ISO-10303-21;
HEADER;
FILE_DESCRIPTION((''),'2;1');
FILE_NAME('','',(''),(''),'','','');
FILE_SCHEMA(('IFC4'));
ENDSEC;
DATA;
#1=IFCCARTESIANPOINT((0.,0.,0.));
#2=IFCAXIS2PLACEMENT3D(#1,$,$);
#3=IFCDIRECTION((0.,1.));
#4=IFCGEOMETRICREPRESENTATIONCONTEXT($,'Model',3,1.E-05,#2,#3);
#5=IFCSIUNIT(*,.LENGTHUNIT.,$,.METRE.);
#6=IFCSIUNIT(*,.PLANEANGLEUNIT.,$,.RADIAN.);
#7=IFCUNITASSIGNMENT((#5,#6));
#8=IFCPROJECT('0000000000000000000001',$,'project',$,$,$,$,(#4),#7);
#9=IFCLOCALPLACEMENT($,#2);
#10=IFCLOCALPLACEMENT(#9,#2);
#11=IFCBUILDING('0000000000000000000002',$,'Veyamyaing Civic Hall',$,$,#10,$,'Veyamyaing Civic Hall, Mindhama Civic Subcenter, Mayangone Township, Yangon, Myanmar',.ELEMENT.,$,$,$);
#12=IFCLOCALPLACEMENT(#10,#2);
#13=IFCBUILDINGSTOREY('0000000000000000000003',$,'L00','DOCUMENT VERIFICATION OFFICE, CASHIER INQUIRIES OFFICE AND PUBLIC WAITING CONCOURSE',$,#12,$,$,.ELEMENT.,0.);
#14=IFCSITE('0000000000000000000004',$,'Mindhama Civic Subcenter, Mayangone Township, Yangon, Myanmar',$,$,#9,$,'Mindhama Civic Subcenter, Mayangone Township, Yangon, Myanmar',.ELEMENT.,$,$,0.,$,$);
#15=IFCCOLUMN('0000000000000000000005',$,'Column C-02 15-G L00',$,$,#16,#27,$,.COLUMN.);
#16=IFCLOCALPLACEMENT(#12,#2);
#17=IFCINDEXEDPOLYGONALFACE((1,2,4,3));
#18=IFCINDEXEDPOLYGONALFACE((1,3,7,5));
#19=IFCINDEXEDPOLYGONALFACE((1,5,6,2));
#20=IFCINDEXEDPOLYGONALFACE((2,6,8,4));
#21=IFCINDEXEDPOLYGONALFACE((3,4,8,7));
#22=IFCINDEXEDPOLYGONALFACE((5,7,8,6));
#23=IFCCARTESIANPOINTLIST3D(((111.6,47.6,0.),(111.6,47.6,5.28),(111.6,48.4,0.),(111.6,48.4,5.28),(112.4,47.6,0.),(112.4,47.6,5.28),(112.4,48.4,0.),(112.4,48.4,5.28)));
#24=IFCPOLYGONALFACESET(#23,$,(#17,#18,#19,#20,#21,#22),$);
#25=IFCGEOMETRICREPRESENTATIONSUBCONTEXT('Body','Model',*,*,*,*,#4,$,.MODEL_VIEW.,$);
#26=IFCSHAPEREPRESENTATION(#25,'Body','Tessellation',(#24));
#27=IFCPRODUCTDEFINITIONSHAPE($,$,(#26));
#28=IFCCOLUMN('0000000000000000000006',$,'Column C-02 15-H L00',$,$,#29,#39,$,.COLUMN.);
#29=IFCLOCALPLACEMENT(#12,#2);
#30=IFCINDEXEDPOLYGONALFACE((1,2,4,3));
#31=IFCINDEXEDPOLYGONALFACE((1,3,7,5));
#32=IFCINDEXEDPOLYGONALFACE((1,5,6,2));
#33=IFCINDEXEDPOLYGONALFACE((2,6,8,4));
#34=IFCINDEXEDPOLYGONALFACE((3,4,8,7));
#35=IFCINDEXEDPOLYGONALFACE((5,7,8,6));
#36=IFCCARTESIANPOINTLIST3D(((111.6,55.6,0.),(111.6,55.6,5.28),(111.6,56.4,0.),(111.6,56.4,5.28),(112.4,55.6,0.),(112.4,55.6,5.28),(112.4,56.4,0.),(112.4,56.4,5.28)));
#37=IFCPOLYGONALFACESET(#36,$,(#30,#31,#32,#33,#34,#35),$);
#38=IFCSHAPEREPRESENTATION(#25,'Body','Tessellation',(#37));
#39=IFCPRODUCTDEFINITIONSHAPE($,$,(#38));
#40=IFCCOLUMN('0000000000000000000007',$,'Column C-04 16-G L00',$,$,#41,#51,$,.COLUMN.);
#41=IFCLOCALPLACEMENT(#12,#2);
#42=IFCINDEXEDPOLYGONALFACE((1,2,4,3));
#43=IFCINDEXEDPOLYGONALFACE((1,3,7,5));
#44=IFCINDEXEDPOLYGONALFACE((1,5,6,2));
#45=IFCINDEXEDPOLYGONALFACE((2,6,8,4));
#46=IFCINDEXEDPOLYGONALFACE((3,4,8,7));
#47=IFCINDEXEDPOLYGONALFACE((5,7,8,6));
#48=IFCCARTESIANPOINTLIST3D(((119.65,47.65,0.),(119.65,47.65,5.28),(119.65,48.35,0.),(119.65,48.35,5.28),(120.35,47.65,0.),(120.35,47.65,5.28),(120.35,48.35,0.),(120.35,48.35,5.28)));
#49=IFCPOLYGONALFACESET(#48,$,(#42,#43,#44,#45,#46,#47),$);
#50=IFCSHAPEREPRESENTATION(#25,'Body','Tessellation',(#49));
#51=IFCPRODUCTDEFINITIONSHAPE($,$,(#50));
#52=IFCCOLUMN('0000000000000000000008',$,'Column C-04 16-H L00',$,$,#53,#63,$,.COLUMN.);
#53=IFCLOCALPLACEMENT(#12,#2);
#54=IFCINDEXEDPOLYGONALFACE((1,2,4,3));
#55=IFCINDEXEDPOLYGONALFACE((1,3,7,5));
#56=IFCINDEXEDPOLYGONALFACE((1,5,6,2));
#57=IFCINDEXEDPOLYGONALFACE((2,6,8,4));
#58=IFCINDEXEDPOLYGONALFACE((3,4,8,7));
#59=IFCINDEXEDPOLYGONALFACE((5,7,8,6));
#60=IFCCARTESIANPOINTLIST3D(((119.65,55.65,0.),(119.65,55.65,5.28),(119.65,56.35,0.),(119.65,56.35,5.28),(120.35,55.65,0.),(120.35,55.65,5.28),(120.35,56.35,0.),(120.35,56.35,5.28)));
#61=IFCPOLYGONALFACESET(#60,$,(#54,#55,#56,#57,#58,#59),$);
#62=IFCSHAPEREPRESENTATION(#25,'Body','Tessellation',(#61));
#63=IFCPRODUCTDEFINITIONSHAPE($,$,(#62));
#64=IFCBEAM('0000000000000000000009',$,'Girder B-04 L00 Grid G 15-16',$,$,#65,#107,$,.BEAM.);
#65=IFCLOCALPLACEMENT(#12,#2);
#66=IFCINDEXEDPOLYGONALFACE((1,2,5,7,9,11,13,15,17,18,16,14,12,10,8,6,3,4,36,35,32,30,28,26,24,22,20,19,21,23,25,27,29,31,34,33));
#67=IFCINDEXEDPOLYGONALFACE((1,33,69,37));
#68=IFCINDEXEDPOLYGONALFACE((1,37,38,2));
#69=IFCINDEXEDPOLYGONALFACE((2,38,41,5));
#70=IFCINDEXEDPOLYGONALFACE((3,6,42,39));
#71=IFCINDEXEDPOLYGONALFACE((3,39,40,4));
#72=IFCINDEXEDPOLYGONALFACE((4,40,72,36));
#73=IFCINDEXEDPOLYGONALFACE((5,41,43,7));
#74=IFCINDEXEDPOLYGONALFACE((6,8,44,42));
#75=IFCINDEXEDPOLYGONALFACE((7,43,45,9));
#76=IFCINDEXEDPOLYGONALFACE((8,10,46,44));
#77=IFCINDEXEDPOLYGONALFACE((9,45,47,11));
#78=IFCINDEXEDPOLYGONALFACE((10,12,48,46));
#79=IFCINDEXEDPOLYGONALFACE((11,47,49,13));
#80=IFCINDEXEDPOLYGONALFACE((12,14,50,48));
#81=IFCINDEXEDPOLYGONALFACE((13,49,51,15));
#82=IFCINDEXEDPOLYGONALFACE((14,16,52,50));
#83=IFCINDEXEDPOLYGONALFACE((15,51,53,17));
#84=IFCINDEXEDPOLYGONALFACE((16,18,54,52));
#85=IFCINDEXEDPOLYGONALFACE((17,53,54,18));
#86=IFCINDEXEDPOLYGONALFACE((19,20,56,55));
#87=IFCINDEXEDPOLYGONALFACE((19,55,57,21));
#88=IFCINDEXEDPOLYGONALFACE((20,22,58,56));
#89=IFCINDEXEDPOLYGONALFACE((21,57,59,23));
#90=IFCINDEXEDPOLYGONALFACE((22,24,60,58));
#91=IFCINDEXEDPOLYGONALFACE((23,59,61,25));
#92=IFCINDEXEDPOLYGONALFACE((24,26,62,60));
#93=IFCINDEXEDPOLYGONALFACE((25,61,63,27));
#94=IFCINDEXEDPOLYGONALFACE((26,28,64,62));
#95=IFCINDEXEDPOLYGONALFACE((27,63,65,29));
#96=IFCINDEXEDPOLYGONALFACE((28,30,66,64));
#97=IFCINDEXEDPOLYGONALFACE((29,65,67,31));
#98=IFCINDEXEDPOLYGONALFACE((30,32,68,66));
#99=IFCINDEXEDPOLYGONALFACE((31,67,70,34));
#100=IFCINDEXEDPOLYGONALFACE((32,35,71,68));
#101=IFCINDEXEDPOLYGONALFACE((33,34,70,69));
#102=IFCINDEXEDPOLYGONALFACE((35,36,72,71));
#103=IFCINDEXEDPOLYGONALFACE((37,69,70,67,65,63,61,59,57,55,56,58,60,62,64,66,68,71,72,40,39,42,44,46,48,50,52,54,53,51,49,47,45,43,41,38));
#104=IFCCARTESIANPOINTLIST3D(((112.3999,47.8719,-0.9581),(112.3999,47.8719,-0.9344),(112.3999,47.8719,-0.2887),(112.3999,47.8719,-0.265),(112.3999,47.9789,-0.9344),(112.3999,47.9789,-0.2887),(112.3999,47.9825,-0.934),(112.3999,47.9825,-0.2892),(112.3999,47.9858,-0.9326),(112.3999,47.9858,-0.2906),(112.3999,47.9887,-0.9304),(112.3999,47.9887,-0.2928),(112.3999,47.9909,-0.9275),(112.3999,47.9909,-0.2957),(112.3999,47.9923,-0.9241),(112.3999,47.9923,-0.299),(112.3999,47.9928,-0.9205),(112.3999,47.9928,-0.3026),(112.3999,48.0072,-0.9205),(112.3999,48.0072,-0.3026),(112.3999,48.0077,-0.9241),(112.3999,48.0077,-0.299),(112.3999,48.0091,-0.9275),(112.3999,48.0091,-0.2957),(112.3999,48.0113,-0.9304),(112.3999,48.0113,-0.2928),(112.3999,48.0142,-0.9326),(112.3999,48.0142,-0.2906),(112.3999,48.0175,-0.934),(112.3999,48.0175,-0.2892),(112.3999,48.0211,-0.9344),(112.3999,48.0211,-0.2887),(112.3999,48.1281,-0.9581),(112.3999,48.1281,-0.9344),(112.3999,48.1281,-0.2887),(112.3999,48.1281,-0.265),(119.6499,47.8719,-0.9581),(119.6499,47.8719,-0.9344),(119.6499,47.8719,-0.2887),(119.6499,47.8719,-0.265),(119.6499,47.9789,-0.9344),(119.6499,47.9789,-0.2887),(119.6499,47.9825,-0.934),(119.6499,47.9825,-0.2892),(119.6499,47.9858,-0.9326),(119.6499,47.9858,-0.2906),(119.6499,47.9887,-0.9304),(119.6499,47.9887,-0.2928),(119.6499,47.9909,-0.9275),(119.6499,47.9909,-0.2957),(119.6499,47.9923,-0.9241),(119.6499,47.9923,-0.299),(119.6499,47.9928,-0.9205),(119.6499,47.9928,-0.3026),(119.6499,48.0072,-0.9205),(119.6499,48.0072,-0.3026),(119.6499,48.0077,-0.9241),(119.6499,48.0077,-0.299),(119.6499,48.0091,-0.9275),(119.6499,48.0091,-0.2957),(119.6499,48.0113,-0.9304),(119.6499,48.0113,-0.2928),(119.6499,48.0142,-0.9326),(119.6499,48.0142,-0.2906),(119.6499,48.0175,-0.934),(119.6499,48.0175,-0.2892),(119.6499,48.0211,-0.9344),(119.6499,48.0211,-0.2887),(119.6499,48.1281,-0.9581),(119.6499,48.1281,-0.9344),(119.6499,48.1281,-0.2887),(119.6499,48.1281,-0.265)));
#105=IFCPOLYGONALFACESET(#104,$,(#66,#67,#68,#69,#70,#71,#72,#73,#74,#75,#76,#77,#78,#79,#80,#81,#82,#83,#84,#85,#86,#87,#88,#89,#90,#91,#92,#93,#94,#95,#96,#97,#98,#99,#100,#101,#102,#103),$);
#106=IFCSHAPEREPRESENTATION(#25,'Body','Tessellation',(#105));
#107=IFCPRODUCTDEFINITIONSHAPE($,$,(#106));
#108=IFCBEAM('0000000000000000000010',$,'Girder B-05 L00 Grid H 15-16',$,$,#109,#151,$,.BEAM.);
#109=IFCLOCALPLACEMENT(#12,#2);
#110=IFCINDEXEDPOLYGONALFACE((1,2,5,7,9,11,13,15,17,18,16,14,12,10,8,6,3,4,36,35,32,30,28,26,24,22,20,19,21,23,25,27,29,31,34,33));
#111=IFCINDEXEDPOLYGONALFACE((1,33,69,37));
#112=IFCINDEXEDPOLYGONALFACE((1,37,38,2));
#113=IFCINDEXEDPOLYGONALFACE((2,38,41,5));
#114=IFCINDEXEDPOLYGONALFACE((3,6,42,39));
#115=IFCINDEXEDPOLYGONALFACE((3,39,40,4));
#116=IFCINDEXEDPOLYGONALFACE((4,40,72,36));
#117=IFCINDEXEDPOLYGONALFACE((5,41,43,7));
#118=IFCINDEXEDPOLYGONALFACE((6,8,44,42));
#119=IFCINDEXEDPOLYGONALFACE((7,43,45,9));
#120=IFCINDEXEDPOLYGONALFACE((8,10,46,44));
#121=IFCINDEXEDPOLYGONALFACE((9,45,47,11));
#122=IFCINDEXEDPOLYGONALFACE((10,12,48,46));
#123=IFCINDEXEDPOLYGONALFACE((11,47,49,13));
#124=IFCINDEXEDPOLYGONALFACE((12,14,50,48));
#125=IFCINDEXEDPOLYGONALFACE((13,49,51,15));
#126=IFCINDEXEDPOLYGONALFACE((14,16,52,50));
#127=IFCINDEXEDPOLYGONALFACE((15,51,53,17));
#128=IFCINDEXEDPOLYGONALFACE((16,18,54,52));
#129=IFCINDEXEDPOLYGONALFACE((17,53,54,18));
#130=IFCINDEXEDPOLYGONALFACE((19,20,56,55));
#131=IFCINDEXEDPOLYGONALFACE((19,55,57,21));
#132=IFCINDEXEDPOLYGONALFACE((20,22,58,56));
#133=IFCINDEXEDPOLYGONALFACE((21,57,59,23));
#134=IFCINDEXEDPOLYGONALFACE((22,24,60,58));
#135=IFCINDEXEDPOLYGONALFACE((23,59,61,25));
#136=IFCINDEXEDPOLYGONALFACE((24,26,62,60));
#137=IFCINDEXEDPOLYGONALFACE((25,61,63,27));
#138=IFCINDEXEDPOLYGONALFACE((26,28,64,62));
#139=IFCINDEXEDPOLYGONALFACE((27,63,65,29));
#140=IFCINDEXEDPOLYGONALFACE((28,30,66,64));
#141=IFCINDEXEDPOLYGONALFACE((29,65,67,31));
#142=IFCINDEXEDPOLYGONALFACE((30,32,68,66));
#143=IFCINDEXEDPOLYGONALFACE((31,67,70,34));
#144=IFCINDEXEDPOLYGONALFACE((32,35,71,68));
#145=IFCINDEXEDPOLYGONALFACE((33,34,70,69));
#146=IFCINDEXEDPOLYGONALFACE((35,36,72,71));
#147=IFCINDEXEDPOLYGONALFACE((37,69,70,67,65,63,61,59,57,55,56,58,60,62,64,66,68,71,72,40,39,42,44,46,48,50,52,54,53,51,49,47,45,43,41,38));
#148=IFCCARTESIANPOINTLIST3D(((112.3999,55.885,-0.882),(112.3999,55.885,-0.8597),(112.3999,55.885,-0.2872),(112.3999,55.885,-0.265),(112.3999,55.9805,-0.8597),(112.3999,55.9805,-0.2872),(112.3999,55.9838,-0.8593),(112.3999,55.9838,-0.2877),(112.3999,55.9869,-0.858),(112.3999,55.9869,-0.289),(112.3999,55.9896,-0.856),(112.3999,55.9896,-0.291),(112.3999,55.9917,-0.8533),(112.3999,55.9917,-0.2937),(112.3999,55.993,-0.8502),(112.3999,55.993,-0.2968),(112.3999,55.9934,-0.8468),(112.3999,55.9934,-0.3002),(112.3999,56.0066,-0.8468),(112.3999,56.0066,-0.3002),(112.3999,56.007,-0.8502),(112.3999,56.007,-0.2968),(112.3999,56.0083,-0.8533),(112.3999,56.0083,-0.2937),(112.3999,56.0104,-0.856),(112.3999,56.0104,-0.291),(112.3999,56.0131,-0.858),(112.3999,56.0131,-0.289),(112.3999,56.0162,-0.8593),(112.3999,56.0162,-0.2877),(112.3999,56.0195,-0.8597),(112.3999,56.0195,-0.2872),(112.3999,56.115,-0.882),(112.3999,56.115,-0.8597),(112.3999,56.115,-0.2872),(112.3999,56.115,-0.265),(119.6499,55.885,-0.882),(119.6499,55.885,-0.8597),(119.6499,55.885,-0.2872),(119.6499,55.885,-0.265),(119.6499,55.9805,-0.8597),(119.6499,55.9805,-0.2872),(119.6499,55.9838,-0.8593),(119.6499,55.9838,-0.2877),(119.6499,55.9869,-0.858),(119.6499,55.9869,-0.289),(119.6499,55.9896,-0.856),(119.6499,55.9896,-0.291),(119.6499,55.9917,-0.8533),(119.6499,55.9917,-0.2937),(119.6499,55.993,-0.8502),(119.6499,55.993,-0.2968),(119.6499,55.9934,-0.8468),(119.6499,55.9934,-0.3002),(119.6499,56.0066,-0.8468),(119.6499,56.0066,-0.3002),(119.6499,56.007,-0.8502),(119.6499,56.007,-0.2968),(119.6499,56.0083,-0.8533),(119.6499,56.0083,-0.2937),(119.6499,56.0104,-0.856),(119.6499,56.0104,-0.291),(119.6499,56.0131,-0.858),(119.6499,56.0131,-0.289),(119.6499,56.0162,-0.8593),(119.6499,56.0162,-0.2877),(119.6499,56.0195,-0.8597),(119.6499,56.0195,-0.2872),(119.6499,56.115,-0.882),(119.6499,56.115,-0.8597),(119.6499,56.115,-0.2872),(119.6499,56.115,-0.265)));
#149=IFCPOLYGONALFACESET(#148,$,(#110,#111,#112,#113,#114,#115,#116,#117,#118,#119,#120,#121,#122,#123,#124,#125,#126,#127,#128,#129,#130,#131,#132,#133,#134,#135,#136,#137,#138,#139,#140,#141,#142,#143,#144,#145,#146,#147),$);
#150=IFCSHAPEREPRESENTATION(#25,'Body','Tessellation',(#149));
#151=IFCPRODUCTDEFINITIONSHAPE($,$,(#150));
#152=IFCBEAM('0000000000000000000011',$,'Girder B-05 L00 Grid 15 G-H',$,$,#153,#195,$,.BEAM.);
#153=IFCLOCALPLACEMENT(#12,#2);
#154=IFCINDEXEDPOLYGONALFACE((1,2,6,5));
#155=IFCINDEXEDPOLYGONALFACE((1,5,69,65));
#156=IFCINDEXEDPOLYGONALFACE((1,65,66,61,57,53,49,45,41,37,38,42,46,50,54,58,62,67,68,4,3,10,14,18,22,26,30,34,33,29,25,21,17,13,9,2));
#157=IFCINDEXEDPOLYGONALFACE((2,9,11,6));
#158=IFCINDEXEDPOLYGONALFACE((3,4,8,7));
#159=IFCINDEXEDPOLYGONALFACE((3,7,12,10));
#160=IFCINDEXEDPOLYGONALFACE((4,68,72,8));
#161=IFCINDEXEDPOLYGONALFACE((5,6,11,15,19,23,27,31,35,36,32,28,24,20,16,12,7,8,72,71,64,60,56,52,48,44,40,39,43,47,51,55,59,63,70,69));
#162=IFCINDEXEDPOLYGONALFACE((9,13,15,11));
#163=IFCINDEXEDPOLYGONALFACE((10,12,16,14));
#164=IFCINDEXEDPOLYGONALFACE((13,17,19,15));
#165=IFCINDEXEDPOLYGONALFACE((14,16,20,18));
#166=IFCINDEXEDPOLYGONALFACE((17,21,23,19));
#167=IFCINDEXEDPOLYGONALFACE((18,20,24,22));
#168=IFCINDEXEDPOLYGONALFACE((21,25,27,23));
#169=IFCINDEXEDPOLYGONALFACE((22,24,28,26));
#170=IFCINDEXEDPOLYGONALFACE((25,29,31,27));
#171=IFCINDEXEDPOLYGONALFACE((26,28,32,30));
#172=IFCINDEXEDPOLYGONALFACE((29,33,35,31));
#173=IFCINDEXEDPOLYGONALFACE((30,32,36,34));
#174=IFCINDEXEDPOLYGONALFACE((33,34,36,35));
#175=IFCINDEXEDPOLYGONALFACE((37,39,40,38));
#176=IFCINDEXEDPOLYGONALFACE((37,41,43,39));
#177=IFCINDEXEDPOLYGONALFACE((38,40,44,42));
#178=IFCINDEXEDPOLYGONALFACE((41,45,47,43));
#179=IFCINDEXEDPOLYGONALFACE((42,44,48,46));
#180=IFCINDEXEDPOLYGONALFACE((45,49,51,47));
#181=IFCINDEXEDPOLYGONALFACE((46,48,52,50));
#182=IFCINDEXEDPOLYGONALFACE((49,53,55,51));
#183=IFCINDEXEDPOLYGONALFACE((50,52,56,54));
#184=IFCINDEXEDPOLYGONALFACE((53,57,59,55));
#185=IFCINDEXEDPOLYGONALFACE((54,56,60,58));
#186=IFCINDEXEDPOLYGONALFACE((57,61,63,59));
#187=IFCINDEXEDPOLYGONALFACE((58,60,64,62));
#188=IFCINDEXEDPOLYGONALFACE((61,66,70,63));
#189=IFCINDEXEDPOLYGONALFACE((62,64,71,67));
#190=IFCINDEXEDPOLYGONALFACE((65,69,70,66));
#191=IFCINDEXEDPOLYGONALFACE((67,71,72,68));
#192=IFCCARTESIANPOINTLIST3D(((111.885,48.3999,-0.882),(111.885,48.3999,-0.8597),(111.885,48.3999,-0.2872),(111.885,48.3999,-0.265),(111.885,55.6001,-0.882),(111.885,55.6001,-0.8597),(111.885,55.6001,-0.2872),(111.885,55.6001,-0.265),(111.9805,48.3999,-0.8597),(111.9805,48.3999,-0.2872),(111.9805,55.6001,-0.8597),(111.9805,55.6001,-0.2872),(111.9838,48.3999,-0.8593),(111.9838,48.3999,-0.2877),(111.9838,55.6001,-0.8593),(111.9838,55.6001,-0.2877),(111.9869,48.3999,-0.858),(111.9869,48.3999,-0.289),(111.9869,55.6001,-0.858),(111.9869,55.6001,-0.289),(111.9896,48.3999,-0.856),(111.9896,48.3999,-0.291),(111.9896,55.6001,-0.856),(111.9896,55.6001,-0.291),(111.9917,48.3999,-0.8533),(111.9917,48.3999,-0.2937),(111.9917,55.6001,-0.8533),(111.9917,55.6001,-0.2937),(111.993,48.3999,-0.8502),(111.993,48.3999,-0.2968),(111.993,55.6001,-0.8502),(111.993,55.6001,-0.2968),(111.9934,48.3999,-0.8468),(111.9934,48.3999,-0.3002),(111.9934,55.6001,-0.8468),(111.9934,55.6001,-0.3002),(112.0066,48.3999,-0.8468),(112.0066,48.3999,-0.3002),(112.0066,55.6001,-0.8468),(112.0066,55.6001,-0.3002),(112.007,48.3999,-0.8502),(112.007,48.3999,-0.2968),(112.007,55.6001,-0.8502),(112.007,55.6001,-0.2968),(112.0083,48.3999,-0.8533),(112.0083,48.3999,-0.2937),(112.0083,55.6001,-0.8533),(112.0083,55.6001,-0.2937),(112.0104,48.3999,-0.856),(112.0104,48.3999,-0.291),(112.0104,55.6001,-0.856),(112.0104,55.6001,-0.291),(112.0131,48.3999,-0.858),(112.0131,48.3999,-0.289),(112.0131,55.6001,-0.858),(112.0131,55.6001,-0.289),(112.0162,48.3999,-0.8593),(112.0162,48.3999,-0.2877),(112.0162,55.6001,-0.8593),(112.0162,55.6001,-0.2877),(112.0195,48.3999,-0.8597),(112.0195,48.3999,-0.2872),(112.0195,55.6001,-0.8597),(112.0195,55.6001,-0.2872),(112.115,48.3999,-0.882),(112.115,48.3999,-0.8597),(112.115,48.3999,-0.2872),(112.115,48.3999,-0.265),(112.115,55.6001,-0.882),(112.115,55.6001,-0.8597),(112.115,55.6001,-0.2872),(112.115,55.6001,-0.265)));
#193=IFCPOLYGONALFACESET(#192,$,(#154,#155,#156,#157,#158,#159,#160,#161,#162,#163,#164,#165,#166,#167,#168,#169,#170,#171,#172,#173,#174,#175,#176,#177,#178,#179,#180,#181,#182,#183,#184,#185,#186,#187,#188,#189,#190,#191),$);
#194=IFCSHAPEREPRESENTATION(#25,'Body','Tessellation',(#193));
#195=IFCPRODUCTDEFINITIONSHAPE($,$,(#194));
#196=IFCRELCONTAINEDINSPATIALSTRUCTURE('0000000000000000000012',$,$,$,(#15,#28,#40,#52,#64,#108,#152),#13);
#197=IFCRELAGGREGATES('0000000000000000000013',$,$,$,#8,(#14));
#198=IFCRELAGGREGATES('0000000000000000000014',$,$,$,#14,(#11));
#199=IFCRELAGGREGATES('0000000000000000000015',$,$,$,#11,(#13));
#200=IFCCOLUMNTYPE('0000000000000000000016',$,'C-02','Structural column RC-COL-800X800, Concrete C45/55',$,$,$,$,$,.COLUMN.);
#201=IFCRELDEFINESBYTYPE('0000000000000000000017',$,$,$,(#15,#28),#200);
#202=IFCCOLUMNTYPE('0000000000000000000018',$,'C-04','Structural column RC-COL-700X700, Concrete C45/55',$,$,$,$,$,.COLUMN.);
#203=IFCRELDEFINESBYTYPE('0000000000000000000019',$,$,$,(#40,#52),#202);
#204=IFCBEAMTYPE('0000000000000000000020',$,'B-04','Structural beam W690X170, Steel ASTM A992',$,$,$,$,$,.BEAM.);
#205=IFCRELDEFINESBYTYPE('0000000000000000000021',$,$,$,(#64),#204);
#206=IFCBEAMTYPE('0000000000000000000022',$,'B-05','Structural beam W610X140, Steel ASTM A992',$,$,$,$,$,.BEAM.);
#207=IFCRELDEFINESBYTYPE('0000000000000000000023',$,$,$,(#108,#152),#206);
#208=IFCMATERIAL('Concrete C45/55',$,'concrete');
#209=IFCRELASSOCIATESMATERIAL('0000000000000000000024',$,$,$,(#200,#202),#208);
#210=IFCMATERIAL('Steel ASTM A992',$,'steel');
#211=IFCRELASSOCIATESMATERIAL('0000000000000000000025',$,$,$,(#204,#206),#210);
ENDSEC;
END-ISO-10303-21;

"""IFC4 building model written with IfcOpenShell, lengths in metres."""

from ifc_helpers import new_model, si_unit, direction, frame, origin, origin_2d, place, context, subcontext, project, spatial, rectangle, i_section, extrude, material, material_profile, profile_set, type_object, element, save


model = new_model("IFC4")

# Units and contexts
model_context = context("Model", 3, precision=1e-05, world=origin(), true_north=direction((0.0, 1.0)))
body_context = subcontext(model_context, "Body", "Model", "MODEL_VIEW")
ifc_project = project(units=[si_unit("LENGTHUNIT", "METRE"), si_unit("PLANEANGLEUNIT", "RADIAN")], contexts=[model_context])

# Site, building, storey
site_placement = place(None, origin())
site = spatial("IfcSite", under=ifc_project, at=site_placement, Name="Mindhama Civic Subcenter, Mayangone Township, Yangon, Myanmar", LongName="Mindhama Civic Subcenter, Mayangone Township, Yangon, Myanmar", CompositionType="ELEMENT", RefElevation=0.0)
building_placement = place(site_placement, origin())
building = spatial("IfcBuilding", under=site, at=building_placement, Name="Veyamyaing Civic Hall", LongName="Veyamyaing Civic Hall, Mindhama Civic Subcenter, Mayangone Township, Yangon, Myanmar", CompositionType="ELEMENT")
storey_placement = place(building_placement, origin())
storey = spatial("IfcBuildingStorey", under=building, at=storey_placement, Name="L00", Description="DOCUMENT VERIFICATION OFFICE, CASHIER INQUIRIES OFFICE AND PUBLIC WAITING CONCOURSE", CompositionType="ELEMENT", Elevation=0.0)

# Columns
ifc_material_1 = material(Name="Concrete C45/55", Category="concrete")
ifc_material_profile_1 = material_profile(ifc_material_1, rectangle(XDim=0.8, YDim=0.8, at=origin_2d()), Name="RC-COL-800X800")
ifc_profile_set_1 = profile_set([ifc_material_profile_1], Name="Concrete C45/55")
column_type_1 = type_object("IfcColumnType", Name="C-02", Description="Structural column RC-COL-800X800, Concrete C45/55", PredefinedType="COLUMN", material=ifc_profile_set_1)
for number, where, z_axis, x_axis, name in (
    (1, (112.0, 48.0, 0.0), (0.0, 0.0, 1.0), (1.0, 0.0, 0.0), "Column C-02 15-G L00"),
    (2, (112.0, 56.0, 0.0), (0.0, 0.0, 1.0), (1.0, 0.0, 0.0), "Column C-02 15-H L00"),
):
    element("IfcColumn", number, at=place(storey_placement, frame(where, z_axis=z_axis, x_axis=x_axis)), inside=storey, type_object=column_type_1, Name=name, PredefinedType="COLUMN", context=body_context, shape_type="SweptSolid", body=[
        extrude(rectangle(XDim=0.8, YDim=0.8, at=origin_2d()), origin(), (0.0, 0.0, 1.0), 5.28),
    ])
ifc_material_profile_2 = material_profile(ifc_material_1, rectangle(XDim=0.7, YDim=0.7, at=origin_2d()), Name="RC-COL-700X700")
ifc_profile_set_2 = profile_set([ifc_material_profile_2], Name="Concrete C45/55")
column_type_2 = type_object("IfcColumnType", Name="C-04", Description="Structural column RC-COL-700X700, Concrete C45/55", PredefinedType="COLUMN", material=ifc_profile_set_2)
for number, where, z_axis, x_axis, name in (
    (3, (120.0, 48.0, 0.0), (0.0, 0.0, 1.0), (1.0, 0.0, 0.0), "Column C-04 16-G L00"),
    (4, (120.0, 56.0, 0.0), (0.0, 0.0, 1.0), (1.0, 0.0, 0.0), "Column C-04 16-H L00"),
):
    element("IfcColumn", number, at=place(storey_placement, frame(where, z_axis=z_axis, x_axis=x_axis)), inside=storey, type_object=column_type_2, Name=name, PredefinedType="COLUMN", context=body_context, shape_type="SweptSolid", body=[
        extrude(rectangle(XDim=0.7, YDim=0.7, at=origin_2d()), origin(), (0.0, 0.0, 1.0), 5.28),
    ])

# Beams
ifc_material_2 = material(Name="Steel ASTM A992", Category="steel")
ifc_material_profile_3 = material_profile(ifc_material_2, i_section(OverallWidth=0.2561, OverallDepth=0.6931, WebThickness=0.0144, FlangeThickness=0.0237, FilletRadius=0.0139, at=origin_2d()), Name="W690X170")
ifc_profile_set_3 = profile_set([ifc_material_profile_3], Name="Steel ASTM A992")
beam_type_1 = type_object("IfcBeamType", Name="B-04", Description="Structural beam W690X170, Steel ASTM A992", PredefinedType="BEAM", material=ifc_profile_set_3)
beam_1_placement = place(storey_placement, frame((112.3999, 48.0, -0.6116), z_axis=(1.0, 0.0, 0.0), x_axis=(0.0, 1.0, 0.0)))
element("IfcBeam", 5, at=beam_1_placement, inside=storey, type_object=beam_type_1, Name="Girder B-04 L00 Grid G 15-16", PredefinedType="BEAM", context=body_context, shape_type="SweptSolid", body=[
    extrude(i_section(OverallWidth=0.2561, OverallDepth=0.6931, WebThickness=0.0144, FlangeThickness=0.0237, FilletRadius=0.0139, at=origin_2d()), origin(), (0.0, 0.0, 1.0), 7.25),
])
ifc_material_profile_4 = material_profile(ifc_material_2, i_section(OverallWidth=0.23, OverallDepth=0.6169, WebThickness=0.0132, FlangeThickness=0.0222, FilletRadius=0.0129, at=origin_2d()), Name="W610X140")
ifc_profile_set_4 = profile_set([ifc_material_profile_4], Name="Steel ASTM A992")
beam_type_2 = type_object("IfcBeamType", Name="B-05", Description="Structural beam W610X140, Steel ASTM A992", PredefinedType="BEAM", material=ifc_profile_set_4)
beam_2_placement = place(storey_placement, frame((112.3999, 56.0, -0.5735), z_axis=(1.0, 0.0, 0.0), x_axis=(0.0, 1.0, 0.0)))
element("IfcBeam", 6, at=beam_2_placement, inside=storey, type_object=beam_type_2, Name="Girder B-05 L00 Grid H 15-16", PredefinedType="BEAM", context=body_context, shape_type="SweptSolid", body=[
    extrude(i_section(OverallWidth=0.23, OverallDepth=0.6169, WebThickness=0.0132, FlangeThickness=0.0222, FilletRadius=0.0129, at=origin_2d()), origin(), (0.0, 0.0, 1.0), 7.25),
])
beam_3_placement = place(storey_placement, frame((112.0, 48.3999, -0.5735), z_axis=(0.0, 1.0, 0.0), x_axis=(-1.0, 0.0, 0.0)))
element("IfcBeam", 7, at=beam_3_placement, inside=storey, type_object=beam_type_2, Name="Girder B-05 L00 Grid 15 G-H", PredefinedType="BEAM", context=body_context, shape_type="SweptSolid", body=[
    extrude(i_section(OverallWidth=0.23, OverallDepth=0.6169, WebThickness=0.0132, FlangeThickness=0.0222, FilletRadius=0.0129, at=origin_2d()), origin(), (0.0, 0.0, 1.0), 7.2002),
])

save(model, "model.ifc")
